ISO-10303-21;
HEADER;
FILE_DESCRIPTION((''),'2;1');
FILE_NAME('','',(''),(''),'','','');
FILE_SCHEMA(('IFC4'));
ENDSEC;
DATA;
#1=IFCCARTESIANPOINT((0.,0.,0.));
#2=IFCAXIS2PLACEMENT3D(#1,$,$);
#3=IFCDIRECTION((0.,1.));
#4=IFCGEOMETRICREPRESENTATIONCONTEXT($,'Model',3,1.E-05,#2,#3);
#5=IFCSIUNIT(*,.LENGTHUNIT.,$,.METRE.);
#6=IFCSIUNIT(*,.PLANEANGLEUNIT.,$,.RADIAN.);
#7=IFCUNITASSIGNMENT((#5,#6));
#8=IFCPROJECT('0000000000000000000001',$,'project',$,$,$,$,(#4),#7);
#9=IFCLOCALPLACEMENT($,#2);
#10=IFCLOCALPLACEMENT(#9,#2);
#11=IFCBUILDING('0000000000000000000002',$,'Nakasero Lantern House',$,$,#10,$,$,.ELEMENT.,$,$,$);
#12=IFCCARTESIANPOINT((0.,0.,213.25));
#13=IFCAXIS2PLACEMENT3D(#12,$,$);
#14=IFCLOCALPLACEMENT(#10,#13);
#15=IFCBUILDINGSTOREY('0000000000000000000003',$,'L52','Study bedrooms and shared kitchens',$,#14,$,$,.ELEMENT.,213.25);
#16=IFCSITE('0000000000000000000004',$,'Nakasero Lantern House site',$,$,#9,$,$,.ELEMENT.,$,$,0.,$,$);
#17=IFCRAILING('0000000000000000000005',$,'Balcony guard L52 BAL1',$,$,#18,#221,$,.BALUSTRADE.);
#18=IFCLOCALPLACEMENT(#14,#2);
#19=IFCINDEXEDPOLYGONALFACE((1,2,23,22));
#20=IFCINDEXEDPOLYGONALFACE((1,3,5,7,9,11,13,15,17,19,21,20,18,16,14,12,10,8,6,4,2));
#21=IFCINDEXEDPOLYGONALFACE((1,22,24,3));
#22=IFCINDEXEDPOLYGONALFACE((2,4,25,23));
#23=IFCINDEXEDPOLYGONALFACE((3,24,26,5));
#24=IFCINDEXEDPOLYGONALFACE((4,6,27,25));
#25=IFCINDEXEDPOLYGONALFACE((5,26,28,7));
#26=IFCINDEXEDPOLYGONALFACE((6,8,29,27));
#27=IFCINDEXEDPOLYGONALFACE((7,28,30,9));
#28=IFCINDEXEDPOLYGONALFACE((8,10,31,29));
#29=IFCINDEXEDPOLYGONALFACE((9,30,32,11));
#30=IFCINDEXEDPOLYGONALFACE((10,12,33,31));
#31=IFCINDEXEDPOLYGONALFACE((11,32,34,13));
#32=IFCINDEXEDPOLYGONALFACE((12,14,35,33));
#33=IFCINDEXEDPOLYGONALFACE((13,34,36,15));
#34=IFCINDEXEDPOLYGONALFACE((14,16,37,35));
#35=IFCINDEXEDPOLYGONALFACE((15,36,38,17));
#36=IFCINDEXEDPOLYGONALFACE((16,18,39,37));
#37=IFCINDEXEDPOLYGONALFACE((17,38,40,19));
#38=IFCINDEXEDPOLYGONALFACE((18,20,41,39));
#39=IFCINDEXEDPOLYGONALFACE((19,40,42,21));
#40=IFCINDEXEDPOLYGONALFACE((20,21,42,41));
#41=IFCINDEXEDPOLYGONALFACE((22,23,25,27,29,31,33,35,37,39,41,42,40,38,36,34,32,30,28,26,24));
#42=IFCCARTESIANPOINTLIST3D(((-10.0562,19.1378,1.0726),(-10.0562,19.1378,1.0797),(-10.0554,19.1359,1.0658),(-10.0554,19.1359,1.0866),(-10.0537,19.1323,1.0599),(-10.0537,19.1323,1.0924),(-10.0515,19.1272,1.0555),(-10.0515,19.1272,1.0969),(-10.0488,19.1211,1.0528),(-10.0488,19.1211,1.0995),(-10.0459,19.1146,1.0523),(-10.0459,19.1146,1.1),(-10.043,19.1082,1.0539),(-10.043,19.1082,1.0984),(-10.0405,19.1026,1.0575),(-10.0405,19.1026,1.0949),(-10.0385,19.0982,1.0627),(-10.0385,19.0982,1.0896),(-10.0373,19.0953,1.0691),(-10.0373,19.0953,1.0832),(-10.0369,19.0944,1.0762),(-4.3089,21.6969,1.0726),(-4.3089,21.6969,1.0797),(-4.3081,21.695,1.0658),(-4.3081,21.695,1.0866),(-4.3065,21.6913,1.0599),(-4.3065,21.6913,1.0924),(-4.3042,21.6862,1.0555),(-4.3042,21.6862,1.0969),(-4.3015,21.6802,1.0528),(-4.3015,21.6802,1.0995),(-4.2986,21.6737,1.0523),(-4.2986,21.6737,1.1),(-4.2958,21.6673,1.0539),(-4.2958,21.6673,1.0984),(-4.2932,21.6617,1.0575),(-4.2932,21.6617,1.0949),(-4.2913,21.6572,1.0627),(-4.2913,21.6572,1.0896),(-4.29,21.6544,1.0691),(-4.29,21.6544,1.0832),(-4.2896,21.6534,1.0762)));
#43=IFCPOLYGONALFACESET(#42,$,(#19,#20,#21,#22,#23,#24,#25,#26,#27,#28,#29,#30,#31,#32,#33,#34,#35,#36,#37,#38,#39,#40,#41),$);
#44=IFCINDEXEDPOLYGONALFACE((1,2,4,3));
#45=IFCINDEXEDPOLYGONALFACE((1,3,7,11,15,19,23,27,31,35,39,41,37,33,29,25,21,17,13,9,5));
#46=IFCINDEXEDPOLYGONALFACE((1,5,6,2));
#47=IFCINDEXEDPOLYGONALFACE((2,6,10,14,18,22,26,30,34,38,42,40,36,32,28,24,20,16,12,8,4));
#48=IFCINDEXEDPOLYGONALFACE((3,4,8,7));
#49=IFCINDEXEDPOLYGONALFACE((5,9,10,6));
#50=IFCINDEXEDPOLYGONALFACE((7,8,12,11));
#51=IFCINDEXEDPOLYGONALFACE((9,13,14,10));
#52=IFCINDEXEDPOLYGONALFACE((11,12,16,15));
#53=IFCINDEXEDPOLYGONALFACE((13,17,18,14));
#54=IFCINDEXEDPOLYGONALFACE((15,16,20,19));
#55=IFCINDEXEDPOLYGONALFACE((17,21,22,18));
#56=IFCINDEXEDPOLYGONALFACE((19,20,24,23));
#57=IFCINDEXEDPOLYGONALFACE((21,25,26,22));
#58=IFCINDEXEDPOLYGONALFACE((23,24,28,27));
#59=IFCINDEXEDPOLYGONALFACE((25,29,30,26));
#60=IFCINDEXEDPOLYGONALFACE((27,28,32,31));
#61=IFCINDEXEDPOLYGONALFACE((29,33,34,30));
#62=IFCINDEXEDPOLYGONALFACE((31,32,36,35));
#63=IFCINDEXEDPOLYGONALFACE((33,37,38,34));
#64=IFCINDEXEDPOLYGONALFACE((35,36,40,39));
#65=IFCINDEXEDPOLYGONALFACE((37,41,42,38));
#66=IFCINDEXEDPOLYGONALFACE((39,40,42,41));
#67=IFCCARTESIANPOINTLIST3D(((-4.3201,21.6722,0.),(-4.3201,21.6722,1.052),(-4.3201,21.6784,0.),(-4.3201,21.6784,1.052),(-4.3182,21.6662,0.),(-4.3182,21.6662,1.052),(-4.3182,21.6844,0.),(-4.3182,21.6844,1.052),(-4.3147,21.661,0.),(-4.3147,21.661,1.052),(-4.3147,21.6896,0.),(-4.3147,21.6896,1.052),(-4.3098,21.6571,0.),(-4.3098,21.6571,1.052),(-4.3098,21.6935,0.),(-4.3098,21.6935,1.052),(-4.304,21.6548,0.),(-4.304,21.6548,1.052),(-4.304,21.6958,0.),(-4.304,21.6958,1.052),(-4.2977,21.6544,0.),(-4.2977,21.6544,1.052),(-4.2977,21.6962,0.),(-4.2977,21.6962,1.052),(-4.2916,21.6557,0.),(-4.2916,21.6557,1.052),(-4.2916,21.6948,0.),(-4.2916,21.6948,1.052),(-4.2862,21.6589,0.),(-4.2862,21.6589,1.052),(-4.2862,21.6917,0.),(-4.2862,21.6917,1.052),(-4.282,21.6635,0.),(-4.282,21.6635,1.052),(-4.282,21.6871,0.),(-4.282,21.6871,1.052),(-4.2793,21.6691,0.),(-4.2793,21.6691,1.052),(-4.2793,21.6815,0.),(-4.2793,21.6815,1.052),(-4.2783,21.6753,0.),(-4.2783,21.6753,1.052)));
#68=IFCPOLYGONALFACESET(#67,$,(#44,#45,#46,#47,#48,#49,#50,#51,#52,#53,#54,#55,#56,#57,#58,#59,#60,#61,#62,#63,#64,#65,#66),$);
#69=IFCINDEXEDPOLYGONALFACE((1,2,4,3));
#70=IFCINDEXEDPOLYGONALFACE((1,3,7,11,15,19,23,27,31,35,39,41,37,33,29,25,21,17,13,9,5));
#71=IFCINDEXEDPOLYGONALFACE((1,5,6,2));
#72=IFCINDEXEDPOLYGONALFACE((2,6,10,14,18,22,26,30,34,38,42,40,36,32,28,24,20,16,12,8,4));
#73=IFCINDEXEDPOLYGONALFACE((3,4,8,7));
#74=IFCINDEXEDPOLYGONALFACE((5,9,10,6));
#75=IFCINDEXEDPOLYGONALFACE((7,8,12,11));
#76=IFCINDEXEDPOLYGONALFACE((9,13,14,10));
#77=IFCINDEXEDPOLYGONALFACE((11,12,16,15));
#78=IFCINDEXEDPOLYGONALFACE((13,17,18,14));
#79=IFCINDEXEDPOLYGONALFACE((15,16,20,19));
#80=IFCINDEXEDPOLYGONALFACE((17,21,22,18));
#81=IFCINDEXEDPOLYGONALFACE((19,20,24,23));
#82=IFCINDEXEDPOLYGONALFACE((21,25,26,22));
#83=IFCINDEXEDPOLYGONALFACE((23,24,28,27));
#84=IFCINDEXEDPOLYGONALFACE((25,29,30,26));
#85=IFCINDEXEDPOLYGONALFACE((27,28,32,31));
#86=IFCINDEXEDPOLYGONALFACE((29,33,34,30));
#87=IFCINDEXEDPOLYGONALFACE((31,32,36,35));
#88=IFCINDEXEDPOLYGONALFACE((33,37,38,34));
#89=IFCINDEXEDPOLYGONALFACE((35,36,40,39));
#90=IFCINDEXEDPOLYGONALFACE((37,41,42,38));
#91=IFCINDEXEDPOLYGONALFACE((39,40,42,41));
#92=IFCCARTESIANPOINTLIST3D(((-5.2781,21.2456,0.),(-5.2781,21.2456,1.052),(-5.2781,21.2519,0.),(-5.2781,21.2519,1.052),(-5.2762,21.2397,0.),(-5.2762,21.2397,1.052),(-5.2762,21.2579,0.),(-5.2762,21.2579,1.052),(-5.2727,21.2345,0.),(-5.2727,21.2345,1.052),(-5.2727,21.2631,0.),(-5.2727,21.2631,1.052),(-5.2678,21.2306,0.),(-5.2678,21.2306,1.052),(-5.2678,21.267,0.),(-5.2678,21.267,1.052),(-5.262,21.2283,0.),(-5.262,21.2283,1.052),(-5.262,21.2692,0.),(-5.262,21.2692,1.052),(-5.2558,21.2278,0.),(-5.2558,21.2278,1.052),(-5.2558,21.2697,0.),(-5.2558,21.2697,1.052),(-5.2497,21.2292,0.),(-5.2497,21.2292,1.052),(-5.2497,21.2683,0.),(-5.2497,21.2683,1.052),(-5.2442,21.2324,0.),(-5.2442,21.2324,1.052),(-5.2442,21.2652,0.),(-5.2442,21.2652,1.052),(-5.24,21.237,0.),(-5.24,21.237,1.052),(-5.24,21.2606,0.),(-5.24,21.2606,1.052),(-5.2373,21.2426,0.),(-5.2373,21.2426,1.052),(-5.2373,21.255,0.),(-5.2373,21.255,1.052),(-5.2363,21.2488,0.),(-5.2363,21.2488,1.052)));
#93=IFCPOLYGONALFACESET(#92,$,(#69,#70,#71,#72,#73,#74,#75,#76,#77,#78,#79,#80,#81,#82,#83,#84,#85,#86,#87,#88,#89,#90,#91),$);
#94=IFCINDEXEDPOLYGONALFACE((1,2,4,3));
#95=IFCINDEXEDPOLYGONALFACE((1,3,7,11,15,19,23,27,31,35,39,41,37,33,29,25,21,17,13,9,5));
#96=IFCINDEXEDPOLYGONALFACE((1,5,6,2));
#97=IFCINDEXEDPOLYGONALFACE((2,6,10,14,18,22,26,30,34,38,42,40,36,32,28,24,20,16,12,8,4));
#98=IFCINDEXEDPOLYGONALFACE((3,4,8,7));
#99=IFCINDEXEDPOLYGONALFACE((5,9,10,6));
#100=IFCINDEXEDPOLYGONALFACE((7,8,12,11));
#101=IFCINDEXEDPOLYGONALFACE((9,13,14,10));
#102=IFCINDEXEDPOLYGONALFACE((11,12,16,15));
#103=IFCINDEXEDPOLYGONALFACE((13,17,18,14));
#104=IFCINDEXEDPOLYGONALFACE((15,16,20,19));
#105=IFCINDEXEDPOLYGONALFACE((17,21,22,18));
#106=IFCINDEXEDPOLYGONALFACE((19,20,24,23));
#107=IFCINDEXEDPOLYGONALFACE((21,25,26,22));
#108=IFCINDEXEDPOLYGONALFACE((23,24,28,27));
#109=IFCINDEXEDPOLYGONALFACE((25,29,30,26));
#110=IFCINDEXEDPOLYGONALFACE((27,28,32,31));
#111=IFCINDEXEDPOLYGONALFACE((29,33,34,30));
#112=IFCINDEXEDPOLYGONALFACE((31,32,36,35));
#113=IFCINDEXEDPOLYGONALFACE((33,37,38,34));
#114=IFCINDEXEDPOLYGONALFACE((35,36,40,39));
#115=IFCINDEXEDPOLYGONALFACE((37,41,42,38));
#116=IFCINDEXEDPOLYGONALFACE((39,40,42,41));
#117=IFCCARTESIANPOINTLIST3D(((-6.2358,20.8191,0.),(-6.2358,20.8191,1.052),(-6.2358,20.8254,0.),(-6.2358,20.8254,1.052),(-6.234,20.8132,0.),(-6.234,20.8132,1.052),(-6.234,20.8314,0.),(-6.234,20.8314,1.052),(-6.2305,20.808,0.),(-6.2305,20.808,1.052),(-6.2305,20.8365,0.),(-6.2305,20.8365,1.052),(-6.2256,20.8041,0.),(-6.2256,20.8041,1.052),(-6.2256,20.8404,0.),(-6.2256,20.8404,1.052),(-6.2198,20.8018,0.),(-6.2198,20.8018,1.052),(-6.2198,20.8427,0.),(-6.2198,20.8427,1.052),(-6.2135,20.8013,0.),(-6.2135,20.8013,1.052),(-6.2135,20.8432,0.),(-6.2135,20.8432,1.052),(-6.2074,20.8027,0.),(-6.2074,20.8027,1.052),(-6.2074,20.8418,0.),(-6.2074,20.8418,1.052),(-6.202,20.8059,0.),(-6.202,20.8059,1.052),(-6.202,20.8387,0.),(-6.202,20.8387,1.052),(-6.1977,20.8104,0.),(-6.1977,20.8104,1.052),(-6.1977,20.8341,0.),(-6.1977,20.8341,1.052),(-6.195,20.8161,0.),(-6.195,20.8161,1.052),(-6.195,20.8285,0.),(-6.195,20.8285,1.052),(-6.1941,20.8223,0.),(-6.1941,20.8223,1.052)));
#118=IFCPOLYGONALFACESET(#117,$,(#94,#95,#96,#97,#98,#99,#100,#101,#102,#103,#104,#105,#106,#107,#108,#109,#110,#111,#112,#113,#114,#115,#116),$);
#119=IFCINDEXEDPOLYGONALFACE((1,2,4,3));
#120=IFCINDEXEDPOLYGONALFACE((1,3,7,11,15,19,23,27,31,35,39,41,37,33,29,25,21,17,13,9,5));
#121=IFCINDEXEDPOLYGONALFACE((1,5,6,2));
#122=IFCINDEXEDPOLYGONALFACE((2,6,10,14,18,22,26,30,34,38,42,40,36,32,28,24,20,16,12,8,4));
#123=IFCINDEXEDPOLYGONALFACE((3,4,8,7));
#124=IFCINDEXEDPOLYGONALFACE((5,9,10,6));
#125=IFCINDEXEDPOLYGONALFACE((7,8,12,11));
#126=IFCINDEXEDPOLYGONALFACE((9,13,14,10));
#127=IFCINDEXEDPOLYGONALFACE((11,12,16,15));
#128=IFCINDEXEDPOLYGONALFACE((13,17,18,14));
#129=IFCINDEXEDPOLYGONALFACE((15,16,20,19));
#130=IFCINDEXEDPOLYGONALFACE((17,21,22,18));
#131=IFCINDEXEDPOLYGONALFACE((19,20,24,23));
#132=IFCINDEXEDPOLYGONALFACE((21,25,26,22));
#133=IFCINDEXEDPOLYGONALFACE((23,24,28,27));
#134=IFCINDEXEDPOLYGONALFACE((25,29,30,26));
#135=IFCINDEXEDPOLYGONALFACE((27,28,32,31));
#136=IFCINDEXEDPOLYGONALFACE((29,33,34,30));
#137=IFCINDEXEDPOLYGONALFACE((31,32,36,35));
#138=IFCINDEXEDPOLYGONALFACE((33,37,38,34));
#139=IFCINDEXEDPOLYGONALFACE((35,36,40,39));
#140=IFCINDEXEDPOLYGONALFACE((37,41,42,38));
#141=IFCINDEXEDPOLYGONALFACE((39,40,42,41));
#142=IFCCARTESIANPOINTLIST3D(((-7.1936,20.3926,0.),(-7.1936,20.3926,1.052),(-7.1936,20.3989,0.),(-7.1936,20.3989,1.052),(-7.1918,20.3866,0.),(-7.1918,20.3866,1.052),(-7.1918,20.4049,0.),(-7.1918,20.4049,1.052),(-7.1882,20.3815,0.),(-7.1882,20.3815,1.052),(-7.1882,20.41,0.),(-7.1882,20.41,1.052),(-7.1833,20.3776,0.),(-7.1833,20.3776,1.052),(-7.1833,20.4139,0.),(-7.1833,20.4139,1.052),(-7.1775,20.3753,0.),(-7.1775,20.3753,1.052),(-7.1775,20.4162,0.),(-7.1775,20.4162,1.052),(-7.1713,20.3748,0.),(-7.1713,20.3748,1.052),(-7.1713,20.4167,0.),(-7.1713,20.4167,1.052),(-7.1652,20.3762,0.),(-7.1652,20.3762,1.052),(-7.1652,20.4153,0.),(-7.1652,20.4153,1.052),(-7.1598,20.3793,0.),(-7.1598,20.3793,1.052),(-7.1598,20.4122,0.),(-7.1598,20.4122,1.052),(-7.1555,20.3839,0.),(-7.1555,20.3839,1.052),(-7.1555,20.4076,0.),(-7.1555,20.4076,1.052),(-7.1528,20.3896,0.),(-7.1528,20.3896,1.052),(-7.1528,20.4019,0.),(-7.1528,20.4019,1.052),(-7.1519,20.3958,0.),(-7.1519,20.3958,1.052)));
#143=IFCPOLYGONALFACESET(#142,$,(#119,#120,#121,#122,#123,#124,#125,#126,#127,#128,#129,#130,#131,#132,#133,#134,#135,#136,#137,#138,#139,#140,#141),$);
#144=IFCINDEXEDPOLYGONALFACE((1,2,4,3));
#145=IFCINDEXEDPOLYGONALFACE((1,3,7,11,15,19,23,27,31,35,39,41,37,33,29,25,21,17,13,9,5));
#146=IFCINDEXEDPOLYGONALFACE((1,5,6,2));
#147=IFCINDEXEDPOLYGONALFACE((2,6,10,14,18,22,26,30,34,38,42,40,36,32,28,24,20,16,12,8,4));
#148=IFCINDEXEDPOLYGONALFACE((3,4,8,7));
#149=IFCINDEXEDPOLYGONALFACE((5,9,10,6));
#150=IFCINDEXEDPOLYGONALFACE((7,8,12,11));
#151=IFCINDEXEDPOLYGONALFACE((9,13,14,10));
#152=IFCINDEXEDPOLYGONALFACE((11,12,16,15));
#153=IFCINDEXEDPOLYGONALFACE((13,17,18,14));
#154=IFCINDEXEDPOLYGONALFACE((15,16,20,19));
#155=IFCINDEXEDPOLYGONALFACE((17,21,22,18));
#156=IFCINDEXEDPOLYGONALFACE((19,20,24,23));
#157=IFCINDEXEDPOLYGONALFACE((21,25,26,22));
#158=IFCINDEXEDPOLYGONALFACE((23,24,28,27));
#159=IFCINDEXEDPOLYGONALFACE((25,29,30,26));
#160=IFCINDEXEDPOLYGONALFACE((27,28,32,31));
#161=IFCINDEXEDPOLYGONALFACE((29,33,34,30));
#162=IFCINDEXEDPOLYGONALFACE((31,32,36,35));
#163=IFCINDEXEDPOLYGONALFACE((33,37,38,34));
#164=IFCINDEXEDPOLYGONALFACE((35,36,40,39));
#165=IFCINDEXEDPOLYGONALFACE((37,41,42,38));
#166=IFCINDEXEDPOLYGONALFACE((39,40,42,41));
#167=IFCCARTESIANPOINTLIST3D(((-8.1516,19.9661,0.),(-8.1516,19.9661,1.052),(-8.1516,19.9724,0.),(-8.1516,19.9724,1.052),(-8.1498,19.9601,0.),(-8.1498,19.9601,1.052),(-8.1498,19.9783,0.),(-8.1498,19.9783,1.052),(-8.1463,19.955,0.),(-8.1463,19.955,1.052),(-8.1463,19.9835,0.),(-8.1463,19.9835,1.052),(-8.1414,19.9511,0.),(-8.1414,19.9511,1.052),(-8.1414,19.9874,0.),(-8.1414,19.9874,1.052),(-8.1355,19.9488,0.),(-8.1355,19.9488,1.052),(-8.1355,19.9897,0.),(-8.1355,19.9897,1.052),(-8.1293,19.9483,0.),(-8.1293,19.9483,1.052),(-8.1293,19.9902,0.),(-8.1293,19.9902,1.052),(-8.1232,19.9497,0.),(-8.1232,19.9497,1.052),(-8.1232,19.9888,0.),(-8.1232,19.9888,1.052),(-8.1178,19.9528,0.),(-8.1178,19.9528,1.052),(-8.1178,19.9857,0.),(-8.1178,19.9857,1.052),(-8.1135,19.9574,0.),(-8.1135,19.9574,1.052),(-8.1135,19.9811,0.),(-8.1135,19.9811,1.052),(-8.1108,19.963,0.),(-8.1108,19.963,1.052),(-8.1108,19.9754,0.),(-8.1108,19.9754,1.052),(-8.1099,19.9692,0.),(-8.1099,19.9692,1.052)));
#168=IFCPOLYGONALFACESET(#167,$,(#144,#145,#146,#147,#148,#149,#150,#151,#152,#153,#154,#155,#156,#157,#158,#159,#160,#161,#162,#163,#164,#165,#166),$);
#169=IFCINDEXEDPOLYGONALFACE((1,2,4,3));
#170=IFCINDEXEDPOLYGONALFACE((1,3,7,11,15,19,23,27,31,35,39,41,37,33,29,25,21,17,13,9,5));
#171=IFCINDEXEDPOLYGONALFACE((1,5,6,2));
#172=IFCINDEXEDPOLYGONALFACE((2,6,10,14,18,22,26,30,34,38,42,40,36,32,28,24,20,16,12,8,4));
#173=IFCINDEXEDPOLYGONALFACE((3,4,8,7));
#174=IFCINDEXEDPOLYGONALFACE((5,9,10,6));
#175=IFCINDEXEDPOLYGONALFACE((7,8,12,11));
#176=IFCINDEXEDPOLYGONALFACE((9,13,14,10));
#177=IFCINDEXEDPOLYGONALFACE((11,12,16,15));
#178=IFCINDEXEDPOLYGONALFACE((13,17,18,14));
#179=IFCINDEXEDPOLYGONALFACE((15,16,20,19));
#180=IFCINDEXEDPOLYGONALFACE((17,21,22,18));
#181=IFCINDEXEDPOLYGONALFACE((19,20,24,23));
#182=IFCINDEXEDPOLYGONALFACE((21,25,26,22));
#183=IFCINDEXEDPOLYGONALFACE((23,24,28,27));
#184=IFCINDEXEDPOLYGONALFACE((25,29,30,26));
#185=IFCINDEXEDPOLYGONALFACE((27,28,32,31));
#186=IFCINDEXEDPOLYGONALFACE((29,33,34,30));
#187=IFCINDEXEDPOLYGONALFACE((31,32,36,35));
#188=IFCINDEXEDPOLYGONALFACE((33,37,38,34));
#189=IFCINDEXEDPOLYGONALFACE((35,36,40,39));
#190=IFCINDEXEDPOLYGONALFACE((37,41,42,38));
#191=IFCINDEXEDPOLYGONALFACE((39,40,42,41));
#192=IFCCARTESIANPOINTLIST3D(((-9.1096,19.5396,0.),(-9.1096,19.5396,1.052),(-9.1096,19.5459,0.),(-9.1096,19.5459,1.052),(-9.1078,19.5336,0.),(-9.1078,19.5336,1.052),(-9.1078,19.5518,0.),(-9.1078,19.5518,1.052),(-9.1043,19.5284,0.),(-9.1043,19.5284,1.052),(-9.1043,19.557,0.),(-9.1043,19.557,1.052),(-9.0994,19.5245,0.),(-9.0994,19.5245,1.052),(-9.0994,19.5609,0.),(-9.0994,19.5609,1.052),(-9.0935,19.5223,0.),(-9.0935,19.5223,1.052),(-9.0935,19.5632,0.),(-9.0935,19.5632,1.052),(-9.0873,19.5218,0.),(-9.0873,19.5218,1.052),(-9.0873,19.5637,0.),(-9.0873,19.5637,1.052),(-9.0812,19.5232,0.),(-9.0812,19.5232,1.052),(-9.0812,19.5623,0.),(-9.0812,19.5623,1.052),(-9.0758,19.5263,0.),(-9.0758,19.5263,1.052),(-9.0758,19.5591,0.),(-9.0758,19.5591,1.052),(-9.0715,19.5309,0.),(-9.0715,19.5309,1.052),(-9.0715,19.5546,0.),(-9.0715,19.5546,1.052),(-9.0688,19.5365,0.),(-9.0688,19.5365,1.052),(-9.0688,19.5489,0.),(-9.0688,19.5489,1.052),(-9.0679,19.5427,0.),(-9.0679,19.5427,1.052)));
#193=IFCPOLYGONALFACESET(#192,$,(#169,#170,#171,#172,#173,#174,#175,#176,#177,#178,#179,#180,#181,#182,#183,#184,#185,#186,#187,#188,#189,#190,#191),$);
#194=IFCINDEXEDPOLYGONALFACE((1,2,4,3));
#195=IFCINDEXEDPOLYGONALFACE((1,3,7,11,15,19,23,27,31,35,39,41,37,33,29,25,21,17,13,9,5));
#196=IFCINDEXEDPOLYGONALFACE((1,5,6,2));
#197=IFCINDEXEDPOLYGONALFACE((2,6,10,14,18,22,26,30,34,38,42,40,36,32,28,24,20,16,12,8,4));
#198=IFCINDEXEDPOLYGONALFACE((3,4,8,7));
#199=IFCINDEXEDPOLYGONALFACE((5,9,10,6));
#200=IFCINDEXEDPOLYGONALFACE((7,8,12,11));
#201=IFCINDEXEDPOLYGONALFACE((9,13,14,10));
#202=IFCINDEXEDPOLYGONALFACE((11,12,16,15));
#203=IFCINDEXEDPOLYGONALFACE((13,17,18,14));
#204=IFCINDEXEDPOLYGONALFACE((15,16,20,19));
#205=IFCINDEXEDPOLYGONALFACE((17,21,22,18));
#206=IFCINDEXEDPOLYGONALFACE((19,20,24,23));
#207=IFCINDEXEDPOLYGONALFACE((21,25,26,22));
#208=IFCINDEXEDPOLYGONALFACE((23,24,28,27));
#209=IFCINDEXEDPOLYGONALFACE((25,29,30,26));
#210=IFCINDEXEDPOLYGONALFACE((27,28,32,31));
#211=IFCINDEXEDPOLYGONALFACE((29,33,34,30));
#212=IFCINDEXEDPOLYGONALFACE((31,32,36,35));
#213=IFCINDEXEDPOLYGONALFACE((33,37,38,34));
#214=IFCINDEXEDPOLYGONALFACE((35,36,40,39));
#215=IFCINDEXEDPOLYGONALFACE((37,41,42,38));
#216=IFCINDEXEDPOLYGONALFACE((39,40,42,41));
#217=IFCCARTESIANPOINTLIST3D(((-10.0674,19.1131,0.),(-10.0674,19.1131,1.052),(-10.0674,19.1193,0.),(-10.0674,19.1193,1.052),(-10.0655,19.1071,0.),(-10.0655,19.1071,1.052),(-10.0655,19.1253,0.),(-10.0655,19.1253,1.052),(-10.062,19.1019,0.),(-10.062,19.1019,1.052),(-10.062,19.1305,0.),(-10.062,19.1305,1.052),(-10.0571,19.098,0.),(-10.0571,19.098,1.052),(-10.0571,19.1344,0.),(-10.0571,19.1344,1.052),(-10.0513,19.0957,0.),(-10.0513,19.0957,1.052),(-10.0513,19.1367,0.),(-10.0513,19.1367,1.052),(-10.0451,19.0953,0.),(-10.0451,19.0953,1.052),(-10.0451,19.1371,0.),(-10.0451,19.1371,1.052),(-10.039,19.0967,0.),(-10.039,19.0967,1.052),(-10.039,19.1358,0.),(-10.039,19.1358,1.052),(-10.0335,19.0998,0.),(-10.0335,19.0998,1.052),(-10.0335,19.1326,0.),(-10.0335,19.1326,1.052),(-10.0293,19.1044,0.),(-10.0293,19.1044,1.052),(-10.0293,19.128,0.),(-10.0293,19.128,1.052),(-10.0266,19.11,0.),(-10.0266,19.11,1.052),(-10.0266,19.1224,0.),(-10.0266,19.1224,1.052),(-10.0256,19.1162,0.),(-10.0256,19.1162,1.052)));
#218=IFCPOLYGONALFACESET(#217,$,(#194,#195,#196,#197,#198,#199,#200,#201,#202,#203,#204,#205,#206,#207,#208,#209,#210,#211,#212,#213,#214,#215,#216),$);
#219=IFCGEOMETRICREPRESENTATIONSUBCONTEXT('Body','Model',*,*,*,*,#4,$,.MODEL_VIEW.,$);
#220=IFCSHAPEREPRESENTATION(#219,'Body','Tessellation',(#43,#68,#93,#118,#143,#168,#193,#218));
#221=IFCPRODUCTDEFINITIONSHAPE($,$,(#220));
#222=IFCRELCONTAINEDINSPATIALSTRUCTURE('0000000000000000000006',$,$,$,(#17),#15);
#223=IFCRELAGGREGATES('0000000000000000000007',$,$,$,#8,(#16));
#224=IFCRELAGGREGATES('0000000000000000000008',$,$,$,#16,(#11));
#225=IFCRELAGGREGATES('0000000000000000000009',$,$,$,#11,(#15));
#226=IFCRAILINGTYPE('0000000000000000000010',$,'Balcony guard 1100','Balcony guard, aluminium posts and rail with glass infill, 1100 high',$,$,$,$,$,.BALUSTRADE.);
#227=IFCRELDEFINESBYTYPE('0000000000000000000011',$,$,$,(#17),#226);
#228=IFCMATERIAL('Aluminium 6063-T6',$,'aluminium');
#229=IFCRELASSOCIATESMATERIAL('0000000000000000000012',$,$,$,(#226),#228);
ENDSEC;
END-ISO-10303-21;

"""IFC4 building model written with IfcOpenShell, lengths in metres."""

from ifc_helpers import new_model, si_unit, direction, frame, origin, origin_2d, place, context, subcontext, project, spatial, circle, extrude, material, type_object, element, save


model = new_model("IFC4")

# Units and contexts
model_context = context("Model", 3, precision=1e-05, world=origin(), true_north=direction((0.0, 1.0)))
body_context = subcontext(model_context, "Body", "Model", "MODEL_VIEW")
ifc_project = project(units=[si_unit("LENGTHUNIT", "METRE"), si_unit("PLANEANGLEUNIT", "RADIAN")], contexts=[model_context])

# Site, building, storey
site_placement = place(None, origin())
site = spatial("IfcSite", under=ifc_project, at=site_placement, Name="Nakasero Lantern House site", CompositionType="ELEMENT", RefElevation=0.0)
building_placement = place(site_placement, origin())
building = spatial("IfcBuilding", under=site, at=building_placement, Name="Nakasero Lantern House", CompositionType="ELEMENT")
storey_placement = place(building_placement, frame((0.0, 0.0, 213.25)))
storey = spatial("IfcBuildingStorey", under=building, at=storey_placement, Name="L52", Description="Study bedrooms and shared kitchens", CompositionType="ELEMENT", Elevation=213.25)

# Railing
ifc_material_1 = material(Name="Aluminium 6063-T6", Category="aluminium")
railing_type = type_object("IfcRailingType", Name="Balcony guard 1100", Description="Balcony guard, aluminium posts and rail with glass infill, 1100 high", PredefinedType="BALUSTRADE", material=ifc_material_1)
railing_placement = place(storey_placement, frame((-4.2993, 21.6753, 0.0)))
element("IfcRailing", 1, at=railing_placement, inside=storey, type_object=railing_type, Name="Balcony guard L52 BAL1", PredefinedType="BALUSTRADE", context=body_context, shape_type="SweptSolid", body=[
    extrude(circle(Radius=0.0239, at=origin_2d()), frame((0.0, 0.0, 1.0762), z_axis=(-0.913533, -0.406765, 0.0), x_axis=(0.406765, -0.913533, 0.0)), (0.0, 0.0, 1.0), 6.2913),
    extrude(circle(Radius=0.021, at=origin_2d()), origin(), (0.0, 0.0, 1.0), 1.052),
    extrude(circle(Radius=0.021, at=origin_2d()), frame((-0.958, -0.4265, 0.0)), (0.0, 0.0, 1.0), 1.052),
    extrude(circle(Radius=0.021, at=origin_2d()), frame((-1.9158, -0.853, 0.0)), (0.0, 0.0, 1.0), 1.052),
    extrude(circle(Radius=0.021, at=origin_2d()), frame((-2.8735, -1.2795, 0.0)), (0.0, 0.0, 1.0), 1.052),
    extrude(circle(Radius=0.021, at=origin_2d()), frame((-3.8315, -1.7061, 0.0)), (0.0, 0.0, 1.0), 1.052),
    extrude(circle(Radius=0.021, at=origin_2d()), frame((-4.7896, -2.1326, 0.0)), (0.0, 0.0, 1.0), 1.052),
    extrude(circle(Radius=0.021, at=origin_2d()), frame((-5.7473, -2.5591, 0.0)), (0.0, 0.0, 1.0), 1.052),
])

save(model, "model.ifc")
